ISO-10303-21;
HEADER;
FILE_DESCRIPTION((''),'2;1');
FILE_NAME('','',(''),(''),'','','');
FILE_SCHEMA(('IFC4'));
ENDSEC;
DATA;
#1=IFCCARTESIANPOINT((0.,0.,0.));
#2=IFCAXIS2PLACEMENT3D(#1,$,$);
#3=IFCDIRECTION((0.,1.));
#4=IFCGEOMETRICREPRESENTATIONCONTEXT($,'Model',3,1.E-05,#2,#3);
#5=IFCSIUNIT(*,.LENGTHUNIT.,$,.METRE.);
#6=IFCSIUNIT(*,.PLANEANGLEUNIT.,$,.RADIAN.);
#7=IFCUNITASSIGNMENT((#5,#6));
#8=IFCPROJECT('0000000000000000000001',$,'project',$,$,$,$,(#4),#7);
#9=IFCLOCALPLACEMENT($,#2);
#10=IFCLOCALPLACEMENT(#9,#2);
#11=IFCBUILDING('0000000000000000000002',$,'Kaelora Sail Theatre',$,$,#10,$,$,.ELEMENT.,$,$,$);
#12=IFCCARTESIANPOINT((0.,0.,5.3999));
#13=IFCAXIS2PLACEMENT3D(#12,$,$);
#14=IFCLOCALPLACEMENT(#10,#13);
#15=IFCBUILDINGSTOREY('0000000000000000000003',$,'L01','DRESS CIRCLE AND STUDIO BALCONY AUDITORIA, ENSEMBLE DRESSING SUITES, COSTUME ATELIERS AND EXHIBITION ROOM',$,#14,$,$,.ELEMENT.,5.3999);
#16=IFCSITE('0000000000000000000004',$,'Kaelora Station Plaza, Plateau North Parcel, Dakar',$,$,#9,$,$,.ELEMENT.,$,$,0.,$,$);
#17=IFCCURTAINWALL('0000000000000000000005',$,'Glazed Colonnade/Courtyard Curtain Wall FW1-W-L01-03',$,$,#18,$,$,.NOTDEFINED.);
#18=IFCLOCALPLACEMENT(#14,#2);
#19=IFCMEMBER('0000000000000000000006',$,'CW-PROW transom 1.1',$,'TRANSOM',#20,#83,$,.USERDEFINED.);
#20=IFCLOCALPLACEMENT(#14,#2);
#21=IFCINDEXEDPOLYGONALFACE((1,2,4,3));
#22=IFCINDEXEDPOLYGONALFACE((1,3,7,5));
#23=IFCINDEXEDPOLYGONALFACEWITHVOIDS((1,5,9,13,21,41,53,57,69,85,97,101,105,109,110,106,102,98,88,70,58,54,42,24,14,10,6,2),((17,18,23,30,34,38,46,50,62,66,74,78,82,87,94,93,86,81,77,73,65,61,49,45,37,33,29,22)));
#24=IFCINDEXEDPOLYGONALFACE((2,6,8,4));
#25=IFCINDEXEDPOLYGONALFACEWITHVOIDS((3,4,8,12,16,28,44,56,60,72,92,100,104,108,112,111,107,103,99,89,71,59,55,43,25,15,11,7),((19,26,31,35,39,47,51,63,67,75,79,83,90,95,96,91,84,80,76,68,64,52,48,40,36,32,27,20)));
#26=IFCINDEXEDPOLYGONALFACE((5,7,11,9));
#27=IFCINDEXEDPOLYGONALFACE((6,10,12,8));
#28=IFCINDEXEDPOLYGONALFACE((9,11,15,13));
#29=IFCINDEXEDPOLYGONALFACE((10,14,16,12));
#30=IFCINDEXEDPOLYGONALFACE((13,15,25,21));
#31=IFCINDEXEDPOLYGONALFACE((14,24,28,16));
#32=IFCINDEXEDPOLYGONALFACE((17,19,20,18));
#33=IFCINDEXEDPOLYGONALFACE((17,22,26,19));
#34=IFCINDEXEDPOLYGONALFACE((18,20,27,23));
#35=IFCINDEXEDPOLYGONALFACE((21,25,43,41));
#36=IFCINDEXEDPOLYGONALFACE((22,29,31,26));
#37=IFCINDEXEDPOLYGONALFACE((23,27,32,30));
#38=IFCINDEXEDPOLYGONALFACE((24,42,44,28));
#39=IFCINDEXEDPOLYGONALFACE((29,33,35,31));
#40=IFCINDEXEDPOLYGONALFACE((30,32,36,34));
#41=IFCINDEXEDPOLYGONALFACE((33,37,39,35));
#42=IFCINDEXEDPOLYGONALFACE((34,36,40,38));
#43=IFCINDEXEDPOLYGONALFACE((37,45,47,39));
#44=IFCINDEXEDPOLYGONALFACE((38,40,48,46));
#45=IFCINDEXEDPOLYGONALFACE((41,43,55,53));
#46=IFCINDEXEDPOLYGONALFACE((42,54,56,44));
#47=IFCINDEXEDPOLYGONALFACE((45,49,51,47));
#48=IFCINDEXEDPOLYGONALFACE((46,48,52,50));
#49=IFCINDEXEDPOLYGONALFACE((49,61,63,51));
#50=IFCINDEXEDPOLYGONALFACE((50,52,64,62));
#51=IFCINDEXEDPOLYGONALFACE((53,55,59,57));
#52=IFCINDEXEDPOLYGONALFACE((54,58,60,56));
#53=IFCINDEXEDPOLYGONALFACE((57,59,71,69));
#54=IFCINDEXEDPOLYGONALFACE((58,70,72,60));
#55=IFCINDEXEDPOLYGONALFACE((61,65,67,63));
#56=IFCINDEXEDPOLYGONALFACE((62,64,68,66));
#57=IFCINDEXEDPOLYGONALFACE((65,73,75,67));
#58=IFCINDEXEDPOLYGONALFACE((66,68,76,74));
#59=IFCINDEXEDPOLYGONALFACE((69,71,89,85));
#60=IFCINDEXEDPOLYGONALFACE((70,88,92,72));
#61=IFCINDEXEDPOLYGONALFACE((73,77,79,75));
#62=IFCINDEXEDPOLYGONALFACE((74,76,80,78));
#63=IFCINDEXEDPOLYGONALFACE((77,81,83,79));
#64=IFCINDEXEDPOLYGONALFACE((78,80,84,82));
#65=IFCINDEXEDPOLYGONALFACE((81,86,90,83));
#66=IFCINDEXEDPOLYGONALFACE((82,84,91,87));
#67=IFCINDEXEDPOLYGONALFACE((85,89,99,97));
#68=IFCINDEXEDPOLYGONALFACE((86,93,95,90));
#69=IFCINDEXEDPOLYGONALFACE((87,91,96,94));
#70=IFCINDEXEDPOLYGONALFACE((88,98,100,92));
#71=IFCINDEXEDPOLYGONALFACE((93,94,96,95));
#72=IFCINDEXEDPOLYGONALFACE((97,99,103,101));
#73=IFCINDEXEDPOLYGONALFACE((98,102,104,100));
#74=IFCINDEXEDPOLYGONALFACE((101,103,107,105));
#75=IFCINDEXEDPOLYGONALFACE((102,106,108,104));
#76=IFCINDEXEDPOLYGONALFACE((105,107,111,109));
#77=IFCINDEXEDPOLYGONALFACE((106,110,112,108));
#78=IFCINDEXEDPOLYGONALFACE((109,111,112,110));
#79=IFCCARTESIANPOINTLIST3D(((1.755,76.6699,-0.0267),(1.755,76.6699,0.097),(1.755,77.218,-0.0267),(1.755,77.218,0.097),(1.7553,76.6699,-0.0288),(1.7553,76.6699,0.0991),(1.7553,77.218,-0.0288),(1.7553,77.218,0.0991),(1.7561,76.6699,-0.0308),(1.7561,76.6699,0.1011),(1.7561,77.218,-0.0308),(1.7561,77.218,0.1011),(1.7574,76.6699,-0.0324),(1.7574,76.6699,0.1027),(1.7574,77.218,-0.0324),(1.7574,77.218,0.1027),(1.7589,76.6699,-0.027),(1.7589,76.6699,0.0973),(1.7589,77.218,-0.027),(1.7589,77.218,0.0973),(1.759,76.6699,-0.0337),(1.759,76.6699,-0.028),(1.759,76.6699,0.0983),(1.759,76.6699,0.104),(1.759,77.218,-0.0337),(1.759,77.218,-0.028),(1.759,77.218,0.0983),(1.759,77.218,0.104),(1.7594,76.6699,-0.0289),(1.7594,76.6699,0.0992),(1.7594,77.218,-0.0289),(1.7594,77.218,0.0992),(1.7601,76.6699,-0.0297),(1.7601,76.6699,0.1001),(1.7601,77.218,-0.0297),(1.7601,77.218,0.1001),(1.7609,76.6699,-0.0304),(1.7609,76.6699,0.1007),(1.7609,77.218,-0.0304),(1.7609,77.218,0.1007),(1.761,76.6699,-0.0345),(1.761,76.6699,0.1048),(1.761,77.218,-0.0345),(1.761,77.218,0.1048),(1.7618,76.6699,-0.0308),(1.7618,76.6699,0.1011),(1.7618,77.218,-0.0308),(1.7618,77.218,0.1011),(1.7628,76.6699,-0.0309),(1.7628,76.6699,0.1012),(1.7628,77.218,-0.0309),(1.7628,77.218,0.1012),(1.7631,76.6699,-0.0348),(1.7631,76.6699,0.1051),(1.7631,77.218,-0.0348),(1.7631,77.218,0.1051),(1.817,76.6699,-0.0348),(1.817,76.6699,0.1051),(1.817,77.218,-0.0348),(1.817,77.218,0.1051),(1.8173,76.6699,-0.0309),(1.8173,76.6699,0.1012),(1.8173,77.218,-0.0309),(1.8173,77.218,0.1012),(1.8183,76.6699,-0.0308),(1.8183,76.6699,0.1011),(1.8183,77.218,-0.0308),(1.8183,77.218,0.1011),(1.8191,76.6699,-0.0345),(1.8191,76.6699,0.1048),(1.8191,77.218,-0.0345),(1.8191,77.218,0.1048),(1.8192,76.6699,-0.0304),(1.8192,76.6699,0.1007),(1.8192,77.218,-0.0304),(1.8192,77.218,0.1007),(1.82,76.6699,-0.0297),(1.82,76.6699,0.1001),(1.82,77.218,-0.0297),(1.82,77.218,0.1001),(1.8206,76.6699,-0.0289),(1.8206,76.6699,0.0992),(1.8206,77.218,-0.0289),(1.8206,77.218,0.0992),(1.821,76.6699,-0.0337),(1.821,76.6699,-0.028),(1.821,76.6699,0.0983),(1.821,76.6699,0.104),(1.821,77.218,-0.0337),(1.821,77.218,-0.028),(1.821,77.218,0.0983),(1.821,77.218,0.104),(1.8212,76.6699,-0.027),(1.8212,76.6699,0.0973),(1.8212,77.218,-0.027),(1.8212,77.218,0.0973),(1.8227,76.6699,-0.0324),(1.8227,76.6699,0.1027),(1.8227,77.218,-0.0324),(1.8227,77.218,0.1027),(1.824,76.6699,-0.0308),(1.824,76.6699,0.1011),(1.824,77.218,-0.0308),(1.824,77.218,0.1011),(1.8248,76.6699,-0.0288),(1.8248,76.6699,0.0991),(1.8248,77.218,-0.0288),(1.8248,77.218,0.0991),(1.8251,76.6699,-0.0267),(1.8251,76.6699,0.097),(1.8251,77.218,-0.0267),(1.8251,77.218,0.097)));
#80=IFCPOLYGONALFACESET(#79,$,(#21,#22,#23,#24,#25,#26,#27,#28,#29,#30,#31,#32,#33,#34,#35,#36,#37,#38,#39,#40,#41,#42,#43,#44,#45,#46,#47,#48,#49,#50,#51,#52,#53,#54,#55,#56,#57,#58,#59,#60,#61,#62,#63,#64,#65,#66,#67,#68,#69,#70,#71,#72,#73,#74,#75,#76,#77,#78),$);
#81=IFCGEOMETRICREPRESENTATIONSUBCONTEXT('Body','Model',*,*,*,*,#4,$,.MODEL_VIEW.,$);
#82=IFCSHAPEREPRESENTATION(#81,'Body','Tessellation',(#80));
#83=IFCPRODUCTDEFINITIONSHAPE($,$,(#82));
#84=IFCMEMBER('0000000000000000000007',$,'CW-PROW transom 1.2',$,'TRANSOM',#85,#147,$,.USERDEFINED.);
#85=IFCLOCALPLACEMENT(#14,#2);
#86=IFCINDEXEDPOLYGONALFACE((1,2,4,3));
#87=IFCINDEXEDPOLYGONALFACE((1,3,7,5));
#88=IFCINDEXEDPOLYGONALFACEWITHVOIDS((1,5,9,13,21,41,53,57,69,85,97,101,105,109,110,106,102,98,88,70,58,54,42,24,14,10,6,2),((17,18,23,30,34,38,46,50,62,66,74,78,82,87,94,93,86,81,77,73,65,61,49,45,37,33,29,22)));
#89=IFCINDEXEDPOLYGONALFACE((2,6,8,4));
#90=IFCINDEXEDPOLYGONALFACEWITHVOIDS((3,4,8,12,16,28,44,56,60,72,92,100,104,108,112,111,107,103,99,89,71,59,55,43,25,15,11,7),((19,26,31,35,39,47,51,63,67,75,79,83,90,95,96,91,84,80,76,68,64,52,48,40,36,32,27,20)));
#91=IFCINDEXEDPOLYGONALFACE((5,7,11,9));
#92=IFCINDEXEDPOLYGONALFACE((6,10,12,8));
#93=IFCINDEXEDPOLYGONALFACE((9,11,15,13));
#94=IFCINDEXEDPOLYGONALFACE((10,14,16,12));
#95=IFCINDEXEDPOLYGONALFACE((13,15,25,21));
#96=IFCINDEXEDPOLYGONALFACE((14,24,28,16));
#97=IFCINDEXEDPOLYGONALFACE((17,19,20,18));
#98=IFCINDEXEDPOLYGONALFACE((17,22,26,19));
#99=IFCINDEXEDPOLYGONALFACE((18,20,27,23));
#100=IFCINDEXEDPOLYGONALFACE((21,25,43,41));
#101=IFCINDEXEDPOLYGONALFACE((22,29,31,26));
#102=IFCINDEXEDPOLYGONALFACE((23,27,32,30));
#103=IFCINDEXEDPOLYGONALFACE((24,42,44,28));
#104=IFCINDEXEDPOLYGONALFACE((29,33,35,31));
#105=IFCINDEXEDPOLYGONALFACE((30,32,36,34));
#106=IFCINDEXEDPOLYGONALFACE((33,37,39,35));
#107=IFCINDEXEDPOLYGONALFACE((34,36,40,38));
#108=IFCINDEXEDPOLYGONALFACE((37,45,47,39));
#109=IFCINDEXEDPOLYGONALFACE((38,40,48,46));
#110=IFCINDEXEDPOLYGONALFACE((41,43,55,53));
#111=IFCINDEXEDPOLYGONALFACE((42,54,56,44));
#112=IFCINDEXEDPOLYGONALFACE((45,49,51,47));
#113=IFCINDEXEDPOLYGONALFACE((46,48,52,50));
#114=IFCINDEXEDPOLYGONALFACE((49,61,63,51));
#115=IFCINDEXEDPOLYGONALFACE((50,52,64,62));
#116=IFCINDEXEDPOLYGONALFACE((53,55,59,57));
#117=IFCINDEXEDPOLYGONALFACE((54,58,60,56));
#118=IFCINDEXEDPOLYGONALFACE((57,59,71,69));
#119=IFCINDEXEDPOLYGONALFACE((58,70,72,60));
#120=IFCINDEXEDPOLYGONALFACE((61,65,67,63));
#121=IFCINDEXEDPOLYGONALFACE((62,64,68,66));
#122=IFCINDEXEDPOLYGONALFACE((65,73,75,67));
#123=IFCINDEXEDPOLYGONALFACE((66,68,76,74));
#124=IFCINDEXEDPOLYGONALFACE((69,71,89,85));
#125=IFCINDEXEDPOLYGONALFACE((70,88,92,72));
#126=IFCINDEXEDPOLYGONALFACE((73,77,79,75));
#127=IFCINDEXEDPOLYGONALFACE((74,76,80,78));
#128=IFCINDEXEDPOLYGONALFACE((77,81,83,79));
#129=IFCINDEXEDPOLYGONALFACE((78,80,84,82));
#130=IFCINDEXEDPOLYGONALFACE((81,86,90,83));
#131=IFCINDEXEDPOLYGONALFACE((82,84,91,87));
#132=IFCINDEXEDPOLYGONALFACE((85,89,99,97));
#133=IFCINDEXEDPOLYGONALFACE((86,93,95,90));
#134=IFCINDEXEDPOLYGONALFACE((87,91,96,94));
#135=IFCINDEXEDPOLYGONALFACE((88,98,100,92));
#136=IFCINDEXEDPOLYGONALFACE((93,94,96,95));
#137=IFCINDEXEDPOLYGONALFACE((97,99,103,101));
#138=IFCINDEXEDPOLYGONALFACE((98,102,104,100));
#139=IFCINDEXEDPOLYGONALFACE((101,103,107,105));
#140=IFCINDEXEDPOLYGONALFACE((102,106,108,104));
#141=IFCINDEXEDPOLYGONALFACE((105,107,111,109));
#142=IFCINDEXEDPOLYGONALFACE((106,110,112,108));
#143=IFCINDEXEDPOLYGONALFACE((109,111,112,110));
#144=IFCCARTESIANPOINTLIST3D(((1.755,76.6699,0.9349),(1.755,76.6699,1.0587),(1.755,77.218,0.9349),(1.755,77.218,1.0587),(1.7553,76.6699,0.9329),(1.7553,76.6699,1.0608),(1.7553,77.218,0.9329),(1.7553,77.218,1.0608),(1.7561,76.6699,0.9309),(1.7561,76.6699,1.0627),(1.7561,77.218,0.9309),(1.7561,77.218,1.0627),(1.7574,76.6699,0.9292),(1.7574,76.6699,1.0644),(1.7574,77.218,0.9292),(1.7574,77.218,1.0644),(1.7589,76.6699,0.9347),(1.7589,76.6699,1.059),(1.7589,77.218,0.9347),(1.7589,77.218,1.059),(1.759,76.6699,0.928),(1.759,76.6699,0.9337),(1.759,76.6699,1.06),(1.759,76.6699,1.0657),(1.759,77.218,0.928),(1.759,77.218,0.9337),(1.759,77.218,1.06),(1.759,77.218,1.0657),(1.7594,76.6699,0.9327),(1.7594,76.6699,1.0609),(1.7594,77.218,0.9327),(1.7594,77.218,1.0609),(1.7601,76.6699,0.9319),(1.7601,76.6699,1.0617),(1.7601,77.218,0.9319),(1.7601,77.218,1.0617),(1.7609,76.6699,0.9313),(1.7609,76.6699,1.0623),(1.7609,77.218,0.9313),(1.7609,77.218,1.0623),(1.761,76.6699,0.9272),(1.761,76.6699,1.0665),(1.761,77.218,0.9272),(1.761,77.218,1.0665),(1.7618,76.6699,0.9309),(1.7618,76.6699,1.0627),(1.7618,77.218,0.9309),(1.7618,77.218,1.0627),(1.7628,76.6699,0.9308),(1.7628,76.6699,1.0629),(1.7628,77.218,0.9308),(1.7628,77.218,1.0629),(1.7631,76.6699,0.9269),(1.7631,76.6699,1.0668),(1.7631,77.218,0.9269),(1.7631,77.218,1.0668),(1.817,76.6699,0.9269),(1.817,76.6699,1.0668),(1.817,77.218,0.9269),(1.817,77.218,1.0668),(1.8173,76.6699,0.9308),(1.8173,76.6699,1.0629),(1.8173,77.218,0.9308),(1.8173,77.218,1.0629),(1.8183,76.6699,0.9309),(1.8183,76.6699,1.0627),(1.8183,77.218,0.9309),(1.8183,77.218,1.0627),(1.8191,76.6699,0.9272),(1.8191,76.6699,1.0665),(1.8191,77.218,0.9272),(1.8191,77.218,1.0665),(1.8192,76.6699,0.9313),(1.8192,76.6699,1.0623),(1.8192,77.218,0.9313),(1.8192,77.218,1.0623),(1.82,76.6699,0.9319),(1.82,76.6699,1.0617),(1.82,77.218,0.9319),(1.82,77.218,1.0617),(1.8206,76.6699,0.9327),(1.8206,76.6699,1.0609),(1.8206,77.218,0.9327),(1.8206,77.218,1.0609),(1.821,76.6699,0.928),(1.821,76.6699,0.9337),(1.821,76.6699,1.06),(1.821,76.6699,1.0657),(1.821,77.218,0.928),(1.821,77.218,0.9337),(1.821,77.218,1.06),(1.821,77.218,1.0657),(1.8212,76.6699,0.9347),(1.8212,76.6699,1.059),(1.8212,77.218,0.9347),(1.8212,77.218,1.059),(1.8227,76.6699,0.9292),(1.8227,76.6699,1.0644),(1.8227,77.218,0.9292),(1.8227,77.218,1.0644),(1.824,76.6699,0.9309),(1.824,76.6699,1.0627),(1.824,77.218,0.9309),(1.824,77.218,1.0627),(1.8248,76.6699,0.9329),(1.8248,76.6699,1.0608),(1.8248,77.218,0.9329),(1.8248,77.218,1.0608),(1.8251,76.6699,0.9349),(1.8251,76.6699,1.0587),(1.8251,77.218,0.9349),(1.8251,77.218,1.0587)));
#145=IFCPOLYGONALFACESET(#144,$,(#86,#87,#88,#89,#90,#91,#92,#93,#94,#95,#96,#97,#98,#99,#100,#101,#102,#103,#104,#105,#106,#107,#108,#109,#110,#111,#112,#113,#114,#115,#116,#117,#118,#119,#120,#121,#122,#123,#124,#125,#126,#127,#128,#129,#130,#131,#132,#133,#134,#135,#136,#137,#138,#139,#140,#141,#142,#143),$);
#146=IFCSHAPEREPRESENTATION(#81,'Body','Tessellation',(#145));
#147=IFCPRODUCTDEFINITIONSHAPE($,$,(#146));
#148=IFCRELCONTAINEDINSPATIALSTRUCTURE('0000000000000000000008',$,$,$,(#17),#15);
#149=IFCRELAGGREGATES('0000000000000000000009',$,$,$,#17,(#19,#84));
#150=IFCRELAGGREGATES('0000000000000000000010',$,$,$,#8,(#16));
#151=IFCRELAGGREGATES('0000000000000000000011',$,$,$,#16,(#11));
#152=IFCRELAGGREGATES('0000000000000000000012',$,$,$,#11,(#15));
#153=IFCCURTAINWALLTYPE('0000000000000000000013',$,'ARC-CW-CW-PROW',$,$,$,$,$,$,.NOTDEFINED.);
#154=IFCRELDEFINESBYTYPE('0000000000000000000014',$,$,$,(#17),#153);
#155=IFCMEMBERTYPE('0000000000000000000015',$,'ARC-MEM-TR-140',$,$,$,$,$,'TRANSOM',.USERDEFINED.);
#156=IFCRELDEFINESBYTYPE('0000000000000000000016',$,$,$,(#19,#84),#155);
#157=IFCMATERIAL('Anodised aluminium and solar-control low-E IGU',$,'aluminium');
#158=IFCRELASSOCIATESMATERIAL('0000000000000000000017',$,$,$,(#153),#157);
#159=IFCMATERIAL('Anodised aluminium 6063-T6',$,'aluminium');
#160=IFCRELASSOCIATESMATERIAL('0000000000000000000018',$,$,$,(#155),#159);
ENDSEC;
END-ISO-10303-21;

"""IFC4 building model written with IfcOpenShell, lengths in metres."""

from ifc_helpers import new_model, si_unit, direction, frame, origin, origin_2d, place, context, subcontext, project, spatial, hollow_rectangle, extrude, material, material_profile, profile_set, type_object, element, aggregate, save


model = new_model("IFC4")

# Units and contexts
model_context = context("Model", 3, precision=1e-05, world=origin(), true_north=direction((0.0, 1.0)))
body_context = subcontext(model_context, "Body", "Model", "MODEL_VIEW")
ifc_project = project(units=[si_unit("LENGTHUNIT", "METRE"), si_unit("PLANEANGLEUNIT", "RADIAN")], contexts=[model_context])

# Site, building, storey
site_placement = place(None, origin())
site = spatial("IfcSite", under=ifc_project, at=site_placement, Name="Kaelora Station Plaza, Plateau North Parcel, Dakar", CompositionType="ELEMENT", RefElevation=0.0)
building_placement = place(site_placement, origin())
building = spatial("IfcBuilding", under=site, at=building_placement, Name="Kaelora Sail Theatre", CompositionType="ELEMENT")
storey_placement = place(building_placement, frame((0.0, 0.0, 5.3999)))
storey = spatial("IfcBuildingStorey", under=building, at=storey_placement, Name="L01", Description="DRESS CIRCLE AND STUDIO BALCONY AUDITORIA, ENSEMBLE DRESSING SUITES, COSTUME ATELIERS AND EXHIBITION ROOM", CompositionType="ELEMENT", Elevation=5.3999)

# Shared definitions
ifc_material_1 = material(Name="Anodised aluminium and solar-control low-E IGU", Category="aluminium")
curtain_wall_type = type_object("IfcCurtainWallType", Name="ARC-CW-CW-PROW", PredefinedType="NOTDEFINED", material=ifc_material_1)

# Curtain wall, members
curtain_wall_1_placement = place(storey_placement, origin())
curtain_wall_1 = element("IfcCurtainWall", 1, at=curtain_wall_1_placement, inside=storey, type_object=curtain_wall_type, Name="Glazed Colonnade/Courtyard Curtain Wall FW1-W-L01-03", PredefinedType="NOTDEFINED")
ifc_material_2 = material(Name="Anodised aluminium 6063-T6", Category="aluminium")
ifc_material_profile_1 = material_profile(ifc_material_2, hollow_rectangle(XDim=0.0701, YDim=0.1399, WallThickness=0.0039, InnerFilletRadius=0.0039, OuterFilletRadius=0.0081, at=origin_2d()), Name="ALU-TRAN 70x140x4")
ifc_profile_set_1 = profile_set([ifc_material_profile_1], Name="Anodised aluminium 6063-T6")
member_type_1 = type_object("IfcMemberType", Name="ARC-MEM-TR-140", ElementType="TRANSOM", PredefinedType="USERDEFINED", material=ifc_profile_set_1)
member_1_placement = place(storey_placement, frame((1.79, 76.6699, 0.0352), z_axis=(0.0, 1.0, 0.0), x_axis=(-1.0, 0.0, 0.0)))
member_1 = element("IfcMember", 2, at=member_1_placement, type_object=member_type_1, Name="CW-PROW transom 1.1", ObjectType="TRANSOM", PredefinedType="USERDEFINED", context=body_context, shape_type="SweptSolid", body=[
    extrude(hollow_rectangle(XDim=0.0701, YDim=0.1399, WallThickness=0.0039, InnerFilletRadius=0.0039, OuterFilletRadius=0.0081, at=origin_2d()), origin(), (0.0, 0.0, 1.0), 0.5481),
])
member_2_placement = place(storey_placement, frame((1.79, 76.6699, 0.9968), z_axis=(0.0, 1.0, 0.0), x_axis=(-1.0, 0.0, 0.0)))
member_2 = element("IfcMember", 3, at=member_2_placement, type_object=member_type_1, Name="CW-PROW transom 1.2", ObjectType="TRANSOM", PredefinedType="USERDEFINED", context=body_context, shape_type="SweptSolid", body=[
    extrude(hollow_rectangle(XDim=0.0701, YDim=0.1399, WallThickness=0.0039, InnerFilletRadius=0.0039, OuterFilletRadius=0.0081, at=origin_2d()), origin(), (0.0, 0.0, 1.0), 0.5481),
])

aggregate(curtain_wall_1, [member_1, member_2])

save(model, "model.ifc")
